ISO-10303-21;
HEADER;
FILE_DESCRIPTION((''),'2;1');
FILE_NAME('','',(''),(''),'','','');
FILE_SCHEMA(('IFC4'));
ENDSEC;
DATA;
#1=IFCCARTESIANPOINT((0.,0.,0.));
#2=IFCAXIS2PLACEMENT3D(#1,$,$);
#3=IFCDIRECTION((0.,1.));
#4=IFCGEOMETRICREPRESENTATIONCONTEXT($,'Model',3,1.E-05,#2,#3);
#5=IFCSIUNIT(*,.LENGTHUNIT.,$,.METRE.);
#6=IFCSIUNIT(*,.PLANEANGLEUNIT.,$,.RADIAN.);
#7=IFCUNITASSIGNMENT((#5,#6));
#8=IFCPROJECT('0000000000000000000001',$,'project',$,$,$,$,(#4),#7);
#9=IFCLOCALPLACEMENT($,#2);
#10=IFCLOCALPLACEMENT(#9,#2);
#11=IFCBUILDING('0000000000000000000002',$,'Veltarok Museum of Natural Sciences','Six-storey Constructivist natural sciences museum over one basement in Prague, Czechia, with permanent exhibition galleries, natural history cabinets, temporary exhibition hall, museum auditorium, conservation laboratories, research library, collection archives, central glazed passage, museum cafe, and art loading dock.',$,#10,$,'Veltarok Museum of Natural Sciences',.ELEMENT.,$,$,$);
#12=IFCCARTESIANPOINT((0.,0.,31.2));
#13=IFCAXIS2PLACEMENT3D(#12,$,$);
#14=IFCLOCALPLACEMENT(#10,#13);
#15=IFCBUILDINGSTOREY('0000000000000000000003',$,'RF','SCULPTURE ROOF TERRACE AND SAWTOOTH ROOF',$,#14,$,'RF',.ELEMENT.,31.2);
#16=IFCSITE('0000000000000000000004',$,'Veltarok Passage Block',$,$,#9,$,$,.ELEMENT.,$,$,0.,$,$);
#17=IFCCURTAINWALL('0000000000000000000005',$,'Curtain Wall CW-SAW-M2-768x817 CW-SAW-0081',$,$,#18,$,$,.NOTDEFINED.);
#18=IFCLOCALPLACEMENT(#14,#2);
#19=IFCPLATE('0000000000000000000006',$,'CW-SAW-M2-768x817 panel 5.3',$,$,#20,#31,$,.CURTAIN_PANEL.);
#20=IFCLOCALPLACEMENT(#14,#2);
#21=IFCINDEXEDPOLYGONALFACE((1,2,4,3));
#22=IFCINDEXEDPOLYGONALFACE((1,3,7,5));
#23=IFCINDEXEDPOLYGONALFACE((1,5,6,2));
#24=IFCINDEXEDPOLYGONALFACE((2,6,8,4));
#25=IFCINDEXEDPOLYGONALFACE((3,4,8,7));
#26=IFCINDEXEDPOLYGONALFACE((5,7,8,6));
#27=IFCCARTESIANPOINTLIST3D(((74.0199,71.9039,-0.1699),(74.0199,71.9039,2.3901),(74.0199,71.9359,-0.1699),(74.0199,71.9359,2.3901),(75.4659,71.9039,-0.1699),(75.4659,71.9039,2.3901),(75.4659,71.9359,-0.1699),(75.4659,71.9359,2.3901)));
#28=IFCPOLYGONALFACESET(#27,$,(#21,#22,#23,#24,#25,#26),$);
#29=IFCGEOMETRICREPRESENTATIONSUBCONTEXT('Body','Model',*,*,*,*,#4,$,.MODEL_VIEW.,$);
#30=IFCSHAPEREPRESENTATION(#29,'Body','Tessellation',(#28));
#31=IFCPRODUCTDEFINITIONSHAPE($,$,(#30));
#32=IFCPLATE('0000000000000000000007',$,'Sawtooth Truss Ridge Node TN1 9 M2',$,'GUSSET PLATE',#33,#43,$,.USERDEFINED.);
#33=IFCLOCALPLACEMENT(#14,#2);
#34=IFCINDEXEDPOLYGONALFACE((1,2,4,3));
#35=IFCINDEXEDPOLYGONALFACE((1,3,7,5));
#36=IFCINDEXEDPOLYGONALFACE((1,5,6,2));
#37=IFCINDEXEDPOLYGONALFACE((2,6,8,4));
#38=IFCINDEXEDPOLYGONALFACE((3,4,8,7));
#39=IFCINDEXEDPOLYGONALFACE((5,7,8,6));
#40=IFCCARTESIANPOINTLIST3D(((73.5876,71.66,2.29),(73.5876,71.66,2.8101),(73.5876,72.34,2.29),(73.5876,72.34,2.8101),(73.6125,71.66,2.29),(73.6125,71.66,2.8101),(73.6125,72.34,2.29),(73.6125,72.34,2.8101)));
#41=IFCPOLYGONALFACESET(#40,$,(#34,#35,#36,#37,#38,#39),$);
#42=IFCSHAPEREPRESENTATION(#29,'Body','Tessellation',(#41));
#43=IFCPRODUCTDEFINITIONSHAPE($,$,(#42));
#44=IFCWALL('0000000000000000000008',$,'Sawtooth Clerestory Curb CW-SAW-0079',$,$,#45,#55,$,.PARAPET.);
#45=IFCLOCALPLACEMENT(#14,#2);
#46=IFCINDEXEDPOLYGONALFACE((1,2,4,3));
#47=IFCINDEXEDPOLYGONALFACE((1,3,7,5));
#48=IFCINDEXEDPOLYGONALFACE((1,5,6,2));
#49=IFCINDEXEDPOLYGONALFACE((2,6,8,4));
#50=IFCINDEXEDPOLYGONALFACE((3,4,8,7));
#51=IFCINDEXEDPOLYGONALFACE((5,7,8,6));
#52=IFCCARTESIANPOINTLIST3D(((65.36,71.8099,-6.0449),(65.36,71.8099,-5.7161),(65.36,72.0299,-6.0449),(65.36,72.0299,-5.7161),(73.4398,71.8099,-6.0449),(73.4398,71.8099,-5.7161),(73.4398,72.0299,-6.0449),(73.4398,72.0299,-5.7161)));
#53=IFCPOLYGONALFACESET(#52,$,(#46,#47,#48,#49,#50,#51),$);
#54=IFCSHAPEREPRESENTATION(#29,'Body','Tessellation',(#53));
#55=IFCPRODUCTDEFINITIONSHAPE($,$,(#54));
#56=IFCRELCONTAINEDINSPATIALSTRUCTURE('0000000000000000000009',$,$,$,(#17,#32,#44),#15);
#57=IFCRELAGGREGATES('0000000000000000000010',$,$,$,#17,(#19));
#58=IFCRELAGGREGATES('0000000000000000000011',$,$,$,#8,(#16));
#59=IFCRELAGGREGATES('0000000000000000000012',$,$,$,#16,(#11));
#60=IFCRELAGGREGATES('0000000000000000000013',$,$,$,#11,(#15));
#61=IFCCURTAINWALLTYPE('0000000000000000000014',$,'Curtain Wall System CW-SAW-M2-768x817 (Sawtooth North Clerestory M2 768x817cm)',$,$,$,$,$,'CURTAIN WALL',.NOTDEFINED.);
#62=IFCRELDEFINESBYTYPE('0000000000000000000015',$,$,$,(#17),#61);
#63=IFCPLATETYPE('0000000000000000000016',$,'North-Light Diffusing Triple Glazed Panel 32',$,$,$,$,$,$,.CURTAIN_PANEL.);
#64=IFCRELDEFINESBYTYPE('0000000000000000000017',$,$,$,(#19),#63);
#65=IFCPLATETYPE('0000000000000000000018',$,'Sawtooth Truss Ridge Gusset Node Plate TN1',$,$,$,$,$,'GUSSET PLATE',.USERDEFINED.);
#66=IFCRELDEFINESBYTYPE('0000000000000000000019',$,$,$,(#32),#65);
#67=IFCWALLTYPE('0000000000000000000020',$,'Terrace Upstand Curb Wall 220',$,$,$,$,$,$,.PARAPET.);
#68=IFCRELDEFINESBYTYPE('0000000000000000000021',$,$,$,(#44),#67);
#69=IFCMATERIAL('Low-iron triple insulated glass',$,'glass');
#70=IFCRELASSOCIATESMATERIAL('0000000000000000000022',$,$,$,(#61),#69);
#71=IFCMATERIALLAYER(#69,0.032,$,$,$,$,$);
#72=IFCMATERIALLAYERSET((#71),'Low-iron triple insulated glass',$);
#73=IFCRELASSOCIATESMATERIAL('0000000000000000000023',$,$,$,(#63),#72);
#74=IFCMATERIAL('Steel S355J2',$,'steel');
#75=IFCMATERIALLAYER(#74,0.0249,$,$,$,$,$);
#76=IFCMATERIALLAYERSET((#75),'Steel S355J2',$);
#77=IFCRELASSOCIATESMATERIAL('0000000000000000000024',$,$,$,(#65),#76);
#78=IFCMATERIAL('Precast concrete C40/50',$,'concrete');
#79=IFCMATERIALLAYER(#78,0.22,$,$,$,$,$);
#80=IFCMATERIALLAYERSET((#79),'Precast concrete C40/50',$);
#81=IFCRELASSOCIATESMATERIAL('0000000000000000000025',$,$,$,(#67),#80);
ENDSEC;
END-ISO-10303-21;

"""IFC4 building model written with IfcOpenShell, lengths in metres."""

from ifc_helpers import new_model, si_unit, direction, frame, frame_2d, origin, origin_2d, place, context, subcontext, project, spatial, rectangle, extrude, material, layer, layer_set, type_object, element, aggregate, save


model = new_model("IFC4")

# Units and contexts
model_context = context("Model", 3, precision=1e-05, world=origin(), true_north=direction((0.0, 1.0)))
body_context = subcontext(model_context, "Body", "Model", "MODEL_VIEW")
ifc_project = project(units=[si_unit("LENGTHUNIT", "METRE"), si_unit("PLANEANGLEUNIT", "RADIAN")], contexts=[model_context])

# Site, building, storey
site_placement = place(None, origin())
site = spatial("IfcSite", under=ifc_project, at=site_placement, Name="Veltarok Passage Block", CompositionType="ELEMENT", RefElevation=0.0)
building_placement = place(site_placement, origin())
building = spatial("IfcBuilding", under=site, at=building_placement, Name="Veltarok Museum of Natural Sciences", Description="Six-storey Constructivist natural sciences museum over one basement in Prague, Czechia, with permanent exhibition galleries, natural history cabinets, temporary exhibition hall, museum auditorium, conservation laboratories, research library, collection archives, central glazed passage, museum cafe, and art loading dock.", LongName="Veltarok Museum of Natural Sciences", CompositionType="ELEMENT")
storey_placement = place(building_placement, frame((0.0, 0.0, 31.2)))
storey = spatial("IfcBuildingStorey", under=building, at=storey_placement, Name="RF", Description="SCULPTURE ROOF TERRACE AND SAWTOOTH ROOF", LongName="RF", CompositionType="ELEMENT", Elevation=31.2)

# Shared definitions
ifc_material_1 = material(Name="Steel S355J2", Category="steel")

# Curtain wall
ifc_material_2 = material(Name="Low-iron triple insulated glass", Category="glass")
curtain_wall_type = type_object("IfcCurtainWallType", Name="Curtain Wall System CW-SAW-M2-768x817 (Sawtooth North Clerestory M2 768x817cm)", ElementType="CURTAIN WALL", PredefinedType="NOTDEFINED", material=ifc_material_2)
curtain_wall_1_placement = place(storey_placement, origin())
curtain_wall_1 = element("IfcCurtainWall", 1, at=curtain_wall_1_placement, inside=storey, type_object=curtain_wall_type, Name="Curtain Wall CW-SAW-M2-768x817 CW-SAW-0081", PredefinedType="NOTDEFINED")

# Plates
ifc_layer_1 = layer(ifc_material_2, 0.032)
ifc_layer_set_1 = layer_set([ifc_layer_1], Name="Low-iron triple insulated glass")
plate_type_1 = type_object("IfcPlateType", Name="North-Light Diffusing Triple Glazed Panel 32", PredefinedType="CURTAIN_PANEL", material=ifc_layer_set_1)
plate_1_placement = place(storey_placement, frame((74.7429, 71.9199, -0.1699), z_axis=(0.0, 0.0, 1.0), x_axis=(-1.0, 0.0, 0.0)))
plate_1 = element("IfcPlate", 2, at=plate_1_placement, type_object=plate_type_1, Name="CW-SAW-M2-768x817 panel 5.3", PredefinedType="CURTAIN_PANEL", context=body_context, shape_type="SweptSolid", body=[
    extrude(rectangle(XDim=1.446, YDim=0.032, at=origin_2d()), origin(), (0.0, 0.0, 1.0), 2.5601),
])
aggregate(curtain_wall_1, [plate_1])
ifc_layer_2 = layer(ifc_material_1, 0.0249)
ifc_layer_set_2 = layer_set([ifc_layer_2], Name="Steel S355J2")
plate_type_2 = type_object("IfcPlateType", Name="Sawtooth Truss Ridge Gusset Node Plate TN1", ElementType="GUSSET PLATE", PredefinedType="USERDEFINED", material=ifc_layer_set_2)
plate_2_placement = place(storey_placement, frame((73.6001, 72.0, 2.29), z_axis=(0.0, 0.0, 1.0), x_axis=(1.0, 0.0, 0.0)))
element("IfcPlate", 3, at=plate_2_placement, inside=storey, type_object=plate_type_2, Name="Sawtooth Truss Ridge Node TN1 9 M2", ObjectType="GUSSET PLATE", PredefinedType="USERDEFINED", context=body_context, shape_type="SweptSolid", body=[
    extrude(rectangle(XDim=0.0249, YDim=0.6799, at=origin_2d()), origin(), (0.0, 0.0, 1.0), 0.52),
])

# Wall
ifc_material_3 = material(Name="Precast concrete C40/50", Category="concrete")
ifc_layer_3 = layer(ifc_material_3, 0.22)
ifc_layer_set_3 = layer_set([ifc_layer_3], Name="Precast concrete C40/50")
wall_type = type_object("IfcWallType", Name="Terrace Upstand Curb Wall 220", PredefinedType="PARAPET", material=ifc_layer_set_3)
wall_placement = place(storey_placement, frame((73.4399, 71.9199, -6.0449), z_axis=(0.0, 0.0, 1.0), x_axis=(-1.0, 0.0, 0.0)))
element("IfcWall", 4, at=wall_placement, inside=storey, type_object=wall_type, Name="Sawtooth Clerestory Curb CW-SAW-0079", PredefinedType="PARAPET", context=body_context, shape_type="SweptSolid", body=[
    extrude(rectangle(XDim=8.0798, YDim=0.22, at=frame_2d((4.04, 0.0))), origin(), (0.0, 0.0, 1.0), 0.3289),
])

save(model, "model.ifc")
